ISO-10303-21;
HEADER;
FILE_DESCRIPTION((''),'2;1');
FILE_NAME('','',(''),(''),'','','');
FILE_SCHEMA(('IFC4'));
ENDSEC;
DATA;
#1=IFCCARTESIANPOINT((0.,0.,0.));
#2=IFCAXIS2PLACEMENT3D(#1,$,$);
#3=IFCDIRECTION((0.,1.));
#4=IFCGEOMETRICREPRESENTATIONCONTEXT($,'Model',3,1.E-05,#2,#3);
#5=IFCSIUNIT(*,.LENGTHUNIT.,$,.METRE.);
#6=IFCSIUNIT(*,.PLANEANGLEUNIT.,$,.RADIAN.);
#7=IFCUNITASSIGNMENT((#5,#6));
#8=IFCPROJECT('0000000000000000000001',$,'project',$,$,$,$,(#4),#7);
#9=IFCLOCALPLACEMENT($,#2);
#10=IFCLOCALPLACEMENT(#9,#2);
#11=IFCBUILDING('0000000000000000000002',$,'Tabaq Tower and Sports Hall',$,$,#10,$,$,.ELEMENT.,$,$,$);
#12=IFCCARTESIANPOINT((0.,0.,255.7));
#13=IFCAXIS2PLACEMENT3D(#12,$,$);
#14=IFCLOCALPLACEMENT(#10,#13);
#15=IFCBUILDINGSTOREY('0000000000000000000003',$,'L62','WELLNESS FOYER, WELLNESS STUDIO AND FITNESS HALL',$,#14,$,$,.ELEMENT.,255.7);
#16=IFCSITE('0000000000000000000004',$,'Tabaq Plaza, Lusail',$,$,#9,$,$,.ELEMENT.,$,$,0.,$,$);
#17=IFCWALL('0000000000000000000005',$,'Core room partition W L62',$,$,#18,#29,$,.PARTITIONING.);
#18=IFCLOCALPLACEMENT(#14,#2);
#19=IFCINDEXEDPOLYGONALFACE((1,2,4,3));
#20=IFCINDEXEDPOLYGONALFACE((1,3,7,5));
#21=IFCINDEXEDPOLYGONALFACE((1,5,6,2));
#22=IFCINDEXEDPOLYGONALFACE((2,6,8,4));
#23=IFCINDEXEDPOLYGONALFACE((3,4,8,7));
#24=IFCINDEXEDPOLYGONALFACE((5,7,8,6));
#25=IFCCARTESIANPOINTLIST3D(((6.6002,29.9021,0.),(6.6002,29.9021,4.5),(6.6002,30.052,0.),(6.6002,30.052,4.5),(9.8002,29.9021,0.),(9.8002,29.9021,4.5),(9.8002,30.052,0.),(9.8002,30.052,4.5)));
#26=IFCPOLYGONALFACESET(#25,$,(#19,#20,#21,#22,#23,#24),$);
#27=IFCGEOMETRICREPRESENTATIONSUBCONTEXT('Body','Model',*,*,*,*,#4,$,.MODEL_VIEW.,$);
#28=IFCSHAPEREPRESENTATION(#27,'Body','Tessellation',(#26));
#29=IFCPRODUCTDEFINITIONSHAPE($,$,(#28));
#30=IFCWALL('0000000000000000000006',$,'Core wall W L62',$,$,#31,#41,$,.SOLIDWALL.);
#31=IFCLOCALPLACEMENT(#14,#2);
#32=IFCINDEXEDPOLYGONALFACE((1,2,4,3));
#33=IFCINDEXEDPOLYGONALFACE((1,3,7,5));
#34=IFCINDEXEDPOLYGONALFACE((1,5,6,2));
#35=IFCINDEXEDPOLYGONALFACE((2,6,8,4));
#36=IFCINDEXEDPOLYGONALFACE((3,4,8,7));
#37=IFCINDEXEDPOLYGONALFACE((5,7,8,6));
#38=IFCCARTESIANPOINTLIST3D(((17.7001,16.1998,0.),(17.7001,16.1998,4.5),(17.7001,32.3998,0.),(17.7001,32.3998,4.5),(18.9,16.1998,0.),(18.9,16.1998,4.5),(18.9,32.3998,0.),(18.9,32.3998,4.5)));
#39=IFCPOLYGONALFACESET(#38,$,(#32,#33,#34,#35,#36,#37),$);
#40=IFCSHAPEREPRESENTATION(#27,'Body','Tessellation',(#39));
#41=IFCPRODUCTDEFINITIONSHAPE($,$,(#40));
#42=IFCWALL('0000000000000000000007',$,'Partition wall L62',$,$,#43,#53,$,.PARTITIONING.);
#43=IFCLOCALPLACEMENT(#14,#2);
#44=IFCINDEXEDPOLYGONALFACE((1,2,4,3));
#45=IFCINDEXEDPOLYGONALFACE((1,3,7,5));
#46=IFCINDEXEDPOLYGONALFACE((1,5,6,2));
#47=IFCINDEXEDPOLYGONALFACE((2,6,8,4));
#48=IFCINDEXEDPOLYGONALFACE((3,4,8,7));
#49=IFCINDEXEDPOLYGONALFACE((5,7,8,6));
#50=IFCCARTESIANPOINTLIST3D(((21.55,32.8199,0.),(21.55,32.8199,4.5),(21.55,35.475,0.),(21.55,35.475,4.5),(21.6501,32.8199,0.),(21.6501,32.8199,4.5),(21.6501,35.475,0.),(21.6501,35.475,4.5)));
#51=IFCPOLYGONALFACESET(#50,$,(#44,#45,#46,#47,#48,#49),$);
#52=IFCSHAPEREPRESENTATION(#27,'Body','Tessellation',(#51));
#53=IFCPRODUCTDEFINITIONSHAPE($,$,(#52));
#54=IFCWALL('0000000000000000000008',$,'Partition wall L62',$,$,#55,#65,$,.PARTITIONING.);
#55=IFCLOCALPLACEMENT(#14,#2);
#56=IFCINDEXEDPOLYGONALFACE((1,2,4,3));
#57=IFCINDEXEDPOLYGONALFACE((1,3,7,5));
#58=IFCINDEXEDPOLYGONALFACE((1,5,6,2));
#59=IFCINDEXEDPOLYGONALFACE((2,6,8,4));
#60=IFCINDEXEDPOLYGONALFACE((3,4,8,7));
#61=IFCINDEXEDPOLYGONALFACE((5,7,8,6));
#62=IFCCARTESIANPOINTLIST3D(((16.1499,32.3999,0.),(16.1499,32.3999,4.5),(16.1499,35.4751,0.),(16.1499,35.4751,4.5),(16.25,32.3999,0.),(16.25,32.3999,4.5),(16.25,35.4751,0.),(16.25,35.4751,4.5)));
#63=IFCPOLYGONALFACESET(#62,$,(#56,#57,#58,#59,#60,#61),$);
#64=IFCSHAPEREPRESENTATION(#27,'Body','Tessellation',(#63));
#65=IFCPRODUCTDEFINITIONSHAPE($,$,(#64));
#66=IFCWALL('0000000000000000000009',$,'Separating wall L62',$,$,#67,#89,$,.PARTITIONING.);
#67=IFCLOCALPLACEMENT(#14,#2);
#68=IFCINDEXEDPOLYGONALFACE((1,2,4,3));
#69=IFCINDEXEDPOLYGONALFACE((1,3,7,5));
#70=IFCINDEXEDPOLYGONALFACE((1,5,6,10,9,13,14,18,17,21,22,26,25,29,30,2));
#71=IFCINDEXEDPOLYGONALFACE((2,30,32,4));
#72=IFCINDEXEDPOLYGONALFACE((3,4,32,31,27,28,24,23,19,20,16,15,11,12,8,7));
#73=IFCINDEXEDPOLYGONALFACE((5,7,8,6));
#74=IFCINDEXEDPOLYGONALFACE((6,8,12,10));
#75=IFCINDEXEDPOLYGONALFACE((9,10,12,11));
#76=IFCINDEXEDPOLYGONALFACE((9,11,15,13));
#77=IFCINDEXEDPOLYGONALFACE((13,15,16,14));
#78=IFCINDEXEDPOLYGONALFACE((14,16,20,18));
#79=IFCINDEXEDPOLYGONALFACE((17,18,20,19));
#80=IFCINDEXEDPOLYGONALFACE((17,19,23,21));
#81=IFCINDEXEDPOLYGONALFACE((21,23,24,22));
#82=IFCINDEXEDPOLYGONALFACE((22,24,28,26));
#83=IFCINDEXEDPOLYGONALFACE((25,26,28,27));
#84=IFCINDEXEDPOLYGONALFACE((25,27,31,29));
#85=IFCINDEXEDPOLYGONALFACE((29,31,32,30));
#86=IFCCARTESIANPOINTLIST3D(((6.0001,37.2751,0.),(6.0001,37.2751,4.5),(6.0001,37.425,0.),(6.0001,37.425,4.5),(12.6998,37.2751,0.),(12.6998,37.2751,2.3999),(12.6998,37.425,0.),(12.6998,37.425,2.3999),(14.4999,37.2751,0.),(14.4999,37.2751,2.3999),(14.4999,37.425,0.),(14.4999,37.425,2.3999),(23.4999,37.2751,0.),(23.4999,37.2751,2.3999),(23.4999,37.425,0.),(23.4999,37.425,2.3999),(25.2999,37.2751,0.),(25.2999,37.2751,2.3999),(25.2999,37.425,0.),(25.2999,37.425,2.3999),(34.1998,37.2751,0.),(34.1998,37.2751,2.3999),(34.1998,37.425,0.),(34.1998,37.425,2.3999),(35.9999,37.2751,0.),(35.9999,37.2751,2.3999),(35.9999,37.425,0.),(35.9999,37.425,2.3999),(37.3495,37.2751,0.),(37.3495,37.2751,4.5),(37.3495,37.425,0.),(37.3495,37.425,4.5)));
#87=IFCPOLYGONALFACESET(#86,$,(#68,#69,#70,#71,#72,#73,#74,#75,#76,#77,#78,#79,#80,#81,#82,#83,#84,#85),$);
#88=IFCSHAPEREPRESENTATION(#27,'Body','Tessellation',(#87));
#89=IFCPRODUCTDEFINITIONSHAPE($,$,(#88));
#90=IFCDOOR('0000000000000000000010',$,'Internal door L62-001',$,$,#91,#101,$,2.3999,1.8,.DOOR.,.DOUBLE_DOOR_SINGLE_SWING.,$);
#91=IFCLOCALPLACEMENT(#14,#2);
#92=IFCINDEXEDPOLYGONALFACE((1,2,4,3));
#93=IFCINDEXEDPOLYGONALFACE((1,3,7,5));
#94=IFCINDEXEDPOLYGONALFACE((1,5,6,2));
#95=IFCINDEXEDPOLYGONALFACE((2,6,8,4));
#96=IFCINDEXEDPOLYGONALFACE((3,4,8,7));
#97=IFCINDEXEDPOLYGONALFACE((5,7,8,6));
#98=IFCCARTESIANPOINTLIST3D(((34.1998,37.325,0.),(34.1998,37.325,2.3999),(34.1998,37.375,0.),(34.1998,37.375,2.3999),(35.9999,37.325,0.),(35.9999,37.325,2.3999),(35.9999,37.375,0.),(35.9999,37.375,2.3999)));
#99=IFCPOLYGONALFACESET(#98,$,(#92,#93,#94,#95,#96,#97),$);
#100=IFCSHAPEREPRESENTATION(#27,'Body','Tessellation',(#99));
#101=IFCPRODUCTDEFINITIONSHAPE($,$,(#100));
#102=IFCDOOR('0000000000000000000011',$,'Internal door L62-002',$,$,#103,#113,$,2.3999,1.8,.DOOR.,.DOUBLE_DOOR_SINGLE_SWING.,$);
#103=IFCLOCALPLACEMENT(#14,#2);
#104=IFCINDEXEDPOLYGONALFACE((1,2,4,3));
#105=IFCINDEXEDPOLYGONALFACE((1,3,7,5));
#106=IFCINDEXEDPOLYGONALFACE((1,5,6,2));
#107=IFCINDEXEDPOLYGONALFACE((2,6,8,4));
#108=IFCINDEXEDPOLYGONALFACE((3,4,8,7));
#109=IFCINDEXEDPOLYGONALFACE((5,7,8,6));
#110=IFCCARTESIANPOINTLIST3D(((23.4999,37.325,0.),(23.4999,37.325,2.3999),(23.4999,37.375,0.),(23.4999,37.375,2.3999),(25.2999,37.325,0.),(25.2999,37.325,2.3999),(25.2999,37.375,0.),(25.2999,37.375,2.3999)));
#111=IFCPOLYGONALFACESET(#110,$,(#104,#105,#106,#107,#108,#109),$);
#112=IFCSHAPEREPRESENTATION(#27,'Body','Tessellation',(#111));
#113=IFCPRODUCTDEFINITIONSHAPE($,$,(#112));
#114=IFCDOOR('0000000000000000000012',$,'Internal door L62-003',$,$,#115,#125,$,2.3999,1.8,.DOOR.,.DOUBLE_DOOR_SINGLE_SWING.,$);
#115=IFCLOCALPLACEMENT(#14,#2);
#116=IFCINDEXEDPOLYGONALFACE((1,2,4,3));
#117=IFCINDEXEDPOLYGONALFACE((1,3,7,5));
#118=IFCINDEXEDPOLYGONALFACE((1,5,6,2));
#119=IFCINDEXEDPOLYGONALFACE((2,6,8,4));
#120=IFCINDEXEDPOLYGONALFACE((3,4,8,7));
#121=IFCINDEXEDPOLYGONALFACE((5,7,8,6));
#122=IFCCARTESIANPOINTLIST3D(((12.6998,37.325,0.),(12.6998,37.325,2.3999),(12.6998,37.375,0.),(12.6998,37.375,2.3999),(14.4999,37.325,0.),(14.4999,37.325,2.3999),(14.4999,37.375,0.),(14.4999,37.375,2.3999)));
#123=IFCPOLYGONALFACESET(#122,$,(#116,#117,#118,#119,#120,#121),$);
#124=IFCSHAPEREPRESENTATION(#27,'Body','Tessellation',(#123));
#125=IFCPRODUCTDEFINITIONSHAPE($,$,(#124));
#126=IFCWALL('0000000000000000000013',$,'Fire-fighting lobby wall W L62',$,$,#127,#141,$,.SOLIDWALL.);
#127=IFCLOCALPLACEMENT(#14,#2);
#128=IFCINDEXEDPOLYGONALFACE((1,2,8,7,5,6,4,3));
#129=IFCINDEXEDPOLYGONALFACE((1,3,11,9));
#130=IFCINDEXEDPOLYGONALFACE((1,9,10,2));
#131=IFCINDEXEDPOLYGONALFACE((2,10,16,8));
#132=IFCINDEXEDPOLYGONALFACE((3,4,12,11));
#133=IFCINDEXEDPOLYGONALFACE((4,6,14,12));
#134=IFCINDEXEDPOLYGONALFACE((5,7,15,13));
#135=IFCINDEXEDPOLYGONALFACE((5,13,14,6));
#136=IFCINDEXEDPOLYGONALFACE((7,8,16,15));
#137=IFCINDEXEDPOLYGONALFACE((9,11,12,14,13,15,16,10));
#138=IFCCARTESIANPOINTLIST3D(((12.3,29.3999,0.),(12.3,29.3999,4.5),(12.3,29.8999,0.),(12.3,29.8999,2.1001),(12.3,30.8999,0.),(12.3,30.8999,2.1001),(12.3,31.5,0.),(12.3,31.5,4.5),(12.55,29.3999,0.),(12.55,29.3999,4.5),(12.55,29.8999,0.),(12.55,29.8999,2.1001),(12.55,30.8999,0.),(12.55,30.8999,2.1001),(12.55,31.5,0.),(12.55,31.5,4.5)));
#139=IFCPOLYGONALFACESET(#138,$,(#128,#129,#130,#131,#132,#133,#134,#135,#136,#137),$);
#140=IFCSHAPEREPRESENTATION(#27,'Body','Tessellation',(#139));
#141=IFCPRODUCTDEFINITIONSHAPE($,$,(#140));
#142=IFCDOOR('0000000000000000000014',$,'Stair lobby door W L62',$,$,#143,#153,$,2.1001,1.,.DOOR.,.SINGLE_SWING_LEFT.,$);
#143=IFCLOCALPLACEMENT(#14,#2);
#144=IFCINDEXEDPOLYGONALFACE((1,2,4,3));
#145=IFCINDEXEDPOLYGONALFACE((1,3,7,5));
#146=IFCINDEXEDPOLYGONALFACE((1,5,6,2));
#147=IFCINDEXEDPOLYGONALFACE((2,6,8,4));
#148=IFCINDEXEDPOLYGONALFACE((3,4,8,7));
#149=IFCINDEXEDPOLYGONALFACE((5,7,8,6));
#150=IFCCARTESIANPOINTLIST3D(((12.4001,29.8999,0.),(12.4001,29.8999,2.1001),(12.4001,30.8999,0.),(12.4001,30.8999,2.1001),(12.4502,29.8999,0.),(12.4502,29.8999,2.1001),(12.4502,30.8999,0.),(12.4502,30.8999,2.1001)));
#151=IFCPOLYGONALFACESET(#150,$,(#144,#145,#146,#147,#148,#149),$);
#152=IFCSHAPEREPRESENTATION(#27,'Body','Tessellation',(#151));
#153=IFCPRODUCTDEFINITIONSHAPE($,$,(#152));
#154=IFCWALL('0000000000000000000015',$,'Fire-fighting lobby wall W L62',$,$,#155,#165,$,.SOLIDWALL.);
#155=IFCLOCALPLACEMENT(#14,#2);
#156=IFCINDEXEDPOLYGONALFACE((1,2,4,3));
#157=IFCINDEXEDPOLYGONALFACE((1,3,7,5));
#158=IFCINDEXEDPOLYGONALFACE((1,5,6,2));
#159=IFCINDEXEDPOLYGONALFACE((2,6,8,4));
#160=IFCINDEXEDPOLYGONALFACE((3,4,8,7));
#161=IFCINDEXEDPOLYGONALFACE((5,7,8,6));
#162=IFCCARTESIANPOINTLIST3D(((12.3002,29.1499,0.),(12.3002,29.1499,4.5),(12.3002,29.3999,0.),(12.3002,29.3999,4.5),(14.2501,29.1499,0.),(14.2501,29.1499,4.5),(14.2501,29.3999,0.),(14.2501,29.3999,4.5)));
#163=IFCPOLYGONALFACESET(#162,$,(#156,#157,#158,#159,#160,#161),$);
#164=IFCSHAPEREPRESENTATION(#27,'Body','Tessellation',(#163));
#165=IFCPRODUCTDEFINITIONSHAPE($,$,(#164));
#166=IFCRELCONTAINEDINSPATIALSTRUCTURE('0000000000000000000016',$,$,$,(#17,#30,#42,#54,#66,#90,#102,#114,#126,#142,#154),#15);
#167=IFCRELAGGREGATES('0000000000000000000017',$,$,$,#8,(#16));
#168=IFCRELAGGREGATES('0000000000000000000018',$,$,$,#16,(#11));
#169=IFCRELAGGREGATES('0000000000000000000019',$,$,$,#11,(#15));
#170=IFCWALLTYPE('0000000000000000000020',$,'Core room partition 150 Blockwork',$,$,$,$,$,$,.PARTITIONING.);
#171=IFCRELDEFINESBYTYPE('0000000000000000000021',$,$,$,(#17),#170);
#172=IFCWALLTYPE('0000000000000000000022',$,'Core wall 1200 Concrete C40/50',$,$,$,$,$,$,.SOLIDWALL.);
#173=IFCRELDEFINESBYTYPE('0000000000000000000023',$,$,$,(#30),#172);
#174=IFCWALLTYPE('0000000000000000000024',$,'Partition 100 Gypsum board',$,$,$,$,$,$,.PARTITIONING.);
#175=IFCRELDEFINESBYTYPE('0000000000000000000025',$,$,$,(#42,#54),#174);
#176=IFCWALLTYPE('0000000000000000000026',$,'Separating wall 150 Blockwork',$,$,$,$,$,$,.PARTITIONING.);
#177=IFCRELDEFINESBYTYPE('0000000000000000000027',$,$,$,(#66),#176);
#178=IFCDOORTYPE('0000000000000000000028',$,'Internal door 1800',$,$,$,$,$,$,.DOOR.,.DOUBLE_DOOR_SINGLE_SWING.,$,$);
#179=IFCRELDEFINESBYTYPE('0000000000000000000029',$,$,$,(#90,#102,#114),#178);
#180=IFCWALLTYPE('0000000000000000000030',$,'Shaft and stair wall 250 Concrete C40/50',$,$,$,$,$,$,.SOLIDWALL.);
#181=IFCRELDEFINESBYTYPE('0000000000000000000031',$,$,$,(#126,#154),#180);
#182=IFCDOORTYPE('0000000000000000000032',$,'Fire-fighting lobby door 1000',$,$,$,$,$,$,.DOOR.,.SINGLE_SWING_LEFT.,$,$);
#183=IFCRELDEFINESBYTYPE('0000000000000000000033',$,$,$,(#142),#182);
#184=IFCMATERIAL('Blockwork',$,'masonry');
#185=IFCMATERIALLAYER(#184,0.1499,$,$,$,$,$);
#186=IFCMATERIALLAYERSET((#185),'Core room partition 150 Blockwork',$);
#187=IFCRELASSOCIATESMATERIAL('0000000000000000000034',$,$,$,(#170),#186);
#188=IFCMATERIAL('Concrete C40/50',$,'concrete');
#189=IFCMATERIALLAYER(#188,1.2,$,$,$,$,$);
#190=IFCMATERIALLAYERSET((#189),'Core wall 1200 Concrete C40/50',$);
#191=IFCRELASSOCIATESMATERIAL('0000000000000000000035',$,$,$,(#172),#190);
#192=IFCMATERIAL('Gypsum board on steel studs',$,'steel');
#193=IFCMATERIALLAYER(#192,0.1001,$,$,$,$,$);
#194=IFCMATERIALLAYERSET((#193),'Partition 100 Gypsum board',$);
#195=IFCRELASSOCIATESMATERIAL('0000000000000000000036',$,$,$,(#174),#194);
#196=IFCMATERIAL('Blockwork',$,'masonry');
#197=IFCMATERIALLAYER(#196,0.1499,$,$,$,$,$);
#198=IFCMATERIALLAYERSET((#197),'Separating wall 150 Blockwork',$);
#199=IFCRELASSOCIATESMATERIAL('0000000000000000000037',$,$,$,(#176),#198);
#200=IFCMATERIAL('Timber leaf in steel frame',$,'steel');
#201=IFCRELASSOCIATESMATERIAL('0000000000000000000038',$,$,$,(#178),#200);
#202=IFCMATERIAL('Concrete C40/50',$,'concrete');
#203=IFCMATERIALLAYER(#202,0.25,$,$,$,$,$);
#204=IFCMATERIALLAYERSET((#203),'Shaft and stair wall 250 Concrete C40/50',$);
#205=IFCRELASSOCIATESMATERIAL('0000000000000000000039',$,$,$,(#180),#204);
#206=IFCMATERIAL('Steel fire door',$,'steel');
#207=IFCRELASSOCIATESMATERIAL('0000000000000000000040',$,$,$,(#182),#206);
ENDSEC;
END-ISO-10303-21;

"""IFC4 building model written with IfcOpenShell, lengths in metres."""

from ifc_helpers import new_model, si_unit, direction, frame, frame_2d, origin, place, context, subcontext, project, spatial, rectangle, extrude, material, layer, layer_set, type_object, element, fill, save


model = new_model("IFC4")

# Units and contexts
model_context = context("Model", 3, precision=1e-05, world=origin(), true_north=direction((0.0, 1.0)))
body_context = subcontext(model_context, "Body", "Model", "MODEL_VIEW")
ifc_project = project(units=[si_unit("LENGTHUNIT", "METRE"), si_unit("PLANEANGLEUNIT", "RADIAN")], contexts=[model_context])

# Site, building, storey
site_placement = place(None, origin())
site = spatial("IfcSite", under=ifc_project, at=site_placement, Name="Tabaq Plaza, Lusail", CompositionType="ELEMENT", RefElevation=0.0)
building_placement = place(site_placement, origin())
building = spatial("IfcBuilding", under=site, at=building_placement, Name="Tabaq Tower and Sports Hall", CompositionType="ELEMENT")
storey_placement = place(building_placement, frame((0.0, 0.0, 255.7)))
storey = spatial("IfcBuildingStorey", under=building, at=storey_placement, Name="L62", Description="WELLNESS FOYER, WELLNESS STUDIO AND FITNESS HALL", CompositionType="ELEMENT", Elevation=255.7)

# Walls
ifc_material_1 = material(Name="Blockwork", Category="masonry")
ifc_layer_1 = layer(ifc_material_1, 0.1499)
ifc_layer_set_1 = layer_set([ifc_layer_1], Name="Core room partition 150 Blockwork")
wall_type_1 = type_object("IfcWallType", Name="Core room partition 150 Blockwork", PredefinedType="PARTITIONING", material=ifc_layer_set_1)
for number, where, z_axis, x_axis, name in (
    (1, (6.6001, 29.9771, 0.0), (0.0, 0.0, 1.0), (1.0, 0.0, 0.0), "Core room partition W L62"),
):
    element("IfcWall", number, at=place(storey_placement, frame(where, z_axis=z_axis, x_axis=x_axis)), inside=storey, type_object=wall_type_1, Name=name, PredefinedType="PARTITIONING", context=body_context, shape_type="SweptSolid", body=[
        extrude(rectangle(XDim=3.2, YDim=0.1499, at=frame_2d((1.6001, 0.0))), origin(), (0.0, 0.0, 1.0), 4.5),
    ])
ifc_material_2 = material(Name="Concrete C40/50", Category="concrete")
ifc_layer_2 = layer(ifc_material_2, 1.2)
ifc_layer_set_2 = layer_set([ifc_layer_2], Name="Core wall 1200 Concrete C40/50")
wall_type_2 = type_object("IfcWallType", Name="Core wall 1200 Concrete C40/50", PredefinedType="SOLIDWALL", material=ifc_layer_set_2)
wall_1_placement = place(storey_placement, frame((18.3, 32.3999, 0.0), z_axis=(0.0, 0.0, 1.0), x_axis=(0.0, -1.0, 0.0)))
element("IfcWall", 2, at=wall_1_placement, inside=storey, type_object=wall_type_2, Name="Core wall W L62", PredefinedType="SOLIDWALL", context=body_context, shape_type="SweptSolid", body=[
    extrude(rectangle(XDim=16.2, YDim=1.2, at=frame_2d((8.1001, 0.0))), origin(), (0.0, 0.0, 1.0), 4.5),
])

# Walls
ifc_material_3 = material(Name="Gypsum board on steel studs", Category="steel")
ifc_layer_3 = layer(ifc_material_3, 0.1001)
ifc_layer_set_3 = layer_set([ifc_layer_3], Name="Partition 100 Gypsum board")
wall_type_3 = type_object("IfcWallType", Name="Partition 100 Gypsum board", PredefinedType="PARTITIONING", material=ifc_layer_set_3)
wall_2_placement = place(storey_placement, frame((21.6001, 35.4751, 0.0), z_axis=(0.0, 0.0, 1.0), x_axis=(0.0, -1.0, 0.0)))
element("IfcWall", 3, at=wall_2_placement, inside=storey, type_object=wall_type_3, Name="Partition wall L62", PredefinedType="PARTITIONING", context=body_context, shape_type="SweptSolid", body=[
    extrude(rectangle(XDim=2.655, YDim=0.1001, at=frame_2d((1.3276, 0.0))), origin(), (0.0, 0.0, 1.0), 4.5),
])
wall_3_placement = place(storey_placement, frame((16.2, 35.4751, 0.0), z_axis=(0.0, 0.0, 1.0), x_axis=(0.0, -1.0, 0.0)))
element("IfcWall", 4, at=wall_3_placement, inside=storey, type_object=wall_type_3, Name="Partition wall L62", PredefinedType="PARTITIONING", context=body_context, shape_type="SweptSolid", body=[
    extrude(rectangle(XDim=3.0752, YDim=0.1001, at=frame_2d((1.5376, 0.0))), origin(), (0.0, 0.0, 1.0), 4.5),
])

# Wall, openings, doors
ifc_material_4 = material(Name="Blockwork", Category="masonry")
ifc_layer_4 = layer(ifc_material_4, 0.1499)
ifc_layer_set_4 = layer_set([ifc_layer_4], Name="Separating wall 150 Blockwork")
wall_type_4 = type_object("IfcWallType", Name="Separating wall 150 Blockwork", PredefinedType="PARTITIONING", material=ifc_layer_set_4)
wall_4_placement = place(storey_placement, frame((6.0, 37.3501, 0.0), z_axis=(0.0, 0.0, 1.0), x_axis=(1.0, 0.0, 0.0)))
wall_4 = element("IfcWall", 5, at=wall_4_placement, inside=storey, type_object=wall_type_4, Name="Separating wall L62", PredefinedType="PARTITIONING", context=body_context, shape_type="SweptSolid", body=[
    extrude(rectangle(XDim=31.3494, YDim=0.1499, at=frame_2d((15.6748, 0.0))), origin(), (0.0, 0.0, 1.0), 4.5),
])
opening_1_placement = place(wall_4_placement, frame((28.2, 0.0, 0.0)))
opening_1 = element("IfcOpeningElement", 6, at=opening_1_placement, cuts=wall_4, PredefinedType="OPENING", context=body_context, shape_type="SweptSolid", body=[
    extrude(rectangle(XDim=1.8, YDim=2.3999, at=frame_2d((0.8999, 1.2))), frame((0.0, 0.075, 0.0), z_axis=(0.0, -1.0, 0.0), x_axis=(1.0, 0.0, 0.0)), (0.0, 0.0, 1.0), 0.1499),
])
opening_2_placement = place(wall_4_placement, frame((17.5, 0.0, 0.0)))
opening_2 = element("IfcOpeningElement", 7, at=opening_2_placement, cuts=wall_4, PredefinedType="OPENING", context=body_context, shape_type="SweptSolid", body=[
    extrude(rectangle(XDim=1.8, YDim=2.3999, at=frame_2d((0.8999, 1.2))), frame((0.0, 0.075, 0.0), z_axis=(0.0, -1.0, 0.0), x_axis=(1.0, 0.0, 0.0)), (0.0, 0.0, 1.0), 0.1499),
])
opening_3_placement = place(wall_4_placement, frame((6.7, 0.0, 0.0)))
opening_3 = element("IfcOpeningElement", 8, at=opening_3_placement, cuts=wall_4, PredefinedType="OPENING", context=body_context, shape_type="SweptSolid", body=[
    extrude(rectangle(XDim=1.8, YDim=2.3999, at=frame_2d((0.8999, 1.2))), frame((0.0, 0.075, 0.0), z_axis=(0.0, -1.0, 0.0), x_axis=(1.0, 0.0, 0.0)), (0.0, 0.0, 1.0), 0.1499),
])
ifc_material_5 = material(Name="Timber leaf in steel frame", Category="steel")
door_type_1 = type_object("IfcDoorType", Name="Internal door 1800", OperationType="DOUBLE_DOOR_SINGLE_SWING", PredefinedType="DOOR", material=ifc_material_5)
door_1_placement = place(opening_1_placement, origin())
door_1 = element("IfcDoor", 9, at=door_1_placement, inside=storey, type_object=door_type_1, Name="Internal door L62-001", OperationType="DOUBLE_DOOR_SINGLE_SWING", OverallHeight=2.3999, OverallWidth=1.8, PredefinedType="DOOR", context=body_context, shape_type="SweptSolid", body=[
    extrude(rectangle(XDim=1.8, YDim=2.3999, at=frame_2d((0.8999, 1.2))), frame((0.0, 0.0249, 0.0), z_axis=(0.0, -1.0, 0.0), x_axis=(1.0, 0.0, 0.0)), (0.0, 0.0, 1.0), 0.05),
])
fill(opening_1, door_1)
door_2_placement = place(opening_2_placement, origin())
door_2 = element("IfcDoor", 10, at=door_2_placement, inside=storey, type_object=door_type_1, Name="Internal door L62-002", OperationType="DOUBLE_DOOR_SINGLE_SWING", OverallHeight=2.3999, OverallWidth=1.8, PredefinedType="DOOR", context=body_context, shape_type="SweptSolid", body=[
    extrude(rectangle(XDim=1.8, YDim=2.3999, at=frame_2d((0.8999, 1.2))), frame((0.0, 0.0249, 0.0), z_axis=(0.0, -1.0, 0.0), x_axis=(1.0, 0.0, 0.0)), (0.0, 0.0, 1.0), 0.05),
])
fill(opening_2, door_2)
door_3_placement = place(opening_3_placement, origin())
door_3 = element("IfcDoor", 11, at=door_3_placement, inside=storey, type_object=door_type_1, Name="Internal door L62-003", OperationType="DOUBLE_DOOR_SINGLE_SWING", OverallHeight=2.3999, OverallWidth=1.8, PredefinedType="DOOR", context=body_context, shape_type="SweptSolid", body=[
    extrude(rectangle(XDim=1.8, YDim=2.3999, at=frame_2d((0.8999, 1.2))), frame((0.0, 0.0249, 0.0), z_axis=(0.0, -1.0, 0.0), x_axis=(1.0, 0.0, 0.0)), (0.0, 0.0, 1.0), 0.05),
])
fill(opening_3, door_3)

# Wall, opening, door
ifc_material_6 = material(Name="Concrete C40/50", Category="concrete")
ifc_layer_5 = layer(ifc_material_6, 0.25)
ifc_layer_set_5 = layer_set([ifc_layer_5], Name="Shaft and stair wall 250 Concrete C40/50")
wall_type_5 = type_object("IfcWallType", Name="Shaft and stair wall 250 Concrete C40/50", PredefinedType="SOLIDWALL", material=ifc_layer_set_5)
wall_5_placement = place(storey_placement, frame((12.425, 29.3999, 0.0), z_axis=(0.0, 0.0, 1.0), x_axis=(0.0, 1.0, 0.0)))
wall_5 = element("IfcWall", 12, at=wall_5_placement, inside=storey, type_object=wall_type_5, Name="Fire-fighting lobby wall W L62", PredefinedType="SOLIDWALL", context=body_context, shape_type="SweptSolid", body=[
    extrude(rectangle(XDim=2.1001, YDim=0.25, at=frame_2d((1.05, 0.0))), origin(), (0.0, 0.0, 1.0), 4.5),
])
opening_4_placement = place(wall_5_placement, frame((0.5, 0.0, 0.0)))
opening_4 = element("IfcOpeningElement", 13, at=opening_4_placement, cuts=wall_5, PredefinedType="OPENING", context=body_context, shape_type="SweptSolid", body=[
    extrude(rectangle(XDim=1.0, YDim=2.1001, at=frame_2d((0.5, 1.05))), frame((0.0, 0.125, 0.0), z_axis=(0.0, -1.0, 0.0), x_axis=(1.0, 0.0, 0.0)), (0.0, 0.0, 1.0), 0.25),
])
ifc_material_7 = material(Name="Steel fire door", Category="steel")
door_type_2 = type_object("IfcDoorType", Name="Fire-fighting lobby door 1000", OperationType="SINGLE_SWING_LEFT", PredefinedType="DOOR", material=ifc_material_7)
door_4_placement = place(opening_4_placement, origin())
door_4 = element("IfcDoor", 14, at=door_4_placement, inside=storey, type_object=door_type_2, Name="Stair lobby door W L62", OperationType="SINGLE_SWING_LEFT", OverallHeight=2.1001, OverallWidth=1.0, PredefinedType="DOOR", context=body_context, shape_type="SweptSolid", body=[
    extrude(rectangle(XDim=1.0, YDim=2.1001, at=frame_2d((0.5, 1.05))), frame((0.0, 0.0249, 0.0), z_axis=(0.0, -1.0, 0.0), x_axis=(1.0, 0.0, 0.0)), (0.0, 0.0, 1.0), 0.05),
])
fill(opening_4, door_4)

# Wall
wall_6_placement = place(storey_placement, frame((12.3, 29.2749, 0.0), z_axis=(0.0, 0.0, 1.0), x_axis=(1.0, 0.0, 0.0)))
element("IfcWall", 15, at=wall_6_placement, inside=storey, type_object=wall_type_5, Name="Fire-fighting lobby wall W L62", PredefinedType="SOLIDWALL", context=body_context, shape_type="SweptSolid", body=[
    extrude(rectangle(XDim=1.95, YDim=0.25, at=frame_2d((0.9751, 0.0))), origin(), (0.0, 0.0, 1.0), 4.5),
])

save(model, "model.ifc")
